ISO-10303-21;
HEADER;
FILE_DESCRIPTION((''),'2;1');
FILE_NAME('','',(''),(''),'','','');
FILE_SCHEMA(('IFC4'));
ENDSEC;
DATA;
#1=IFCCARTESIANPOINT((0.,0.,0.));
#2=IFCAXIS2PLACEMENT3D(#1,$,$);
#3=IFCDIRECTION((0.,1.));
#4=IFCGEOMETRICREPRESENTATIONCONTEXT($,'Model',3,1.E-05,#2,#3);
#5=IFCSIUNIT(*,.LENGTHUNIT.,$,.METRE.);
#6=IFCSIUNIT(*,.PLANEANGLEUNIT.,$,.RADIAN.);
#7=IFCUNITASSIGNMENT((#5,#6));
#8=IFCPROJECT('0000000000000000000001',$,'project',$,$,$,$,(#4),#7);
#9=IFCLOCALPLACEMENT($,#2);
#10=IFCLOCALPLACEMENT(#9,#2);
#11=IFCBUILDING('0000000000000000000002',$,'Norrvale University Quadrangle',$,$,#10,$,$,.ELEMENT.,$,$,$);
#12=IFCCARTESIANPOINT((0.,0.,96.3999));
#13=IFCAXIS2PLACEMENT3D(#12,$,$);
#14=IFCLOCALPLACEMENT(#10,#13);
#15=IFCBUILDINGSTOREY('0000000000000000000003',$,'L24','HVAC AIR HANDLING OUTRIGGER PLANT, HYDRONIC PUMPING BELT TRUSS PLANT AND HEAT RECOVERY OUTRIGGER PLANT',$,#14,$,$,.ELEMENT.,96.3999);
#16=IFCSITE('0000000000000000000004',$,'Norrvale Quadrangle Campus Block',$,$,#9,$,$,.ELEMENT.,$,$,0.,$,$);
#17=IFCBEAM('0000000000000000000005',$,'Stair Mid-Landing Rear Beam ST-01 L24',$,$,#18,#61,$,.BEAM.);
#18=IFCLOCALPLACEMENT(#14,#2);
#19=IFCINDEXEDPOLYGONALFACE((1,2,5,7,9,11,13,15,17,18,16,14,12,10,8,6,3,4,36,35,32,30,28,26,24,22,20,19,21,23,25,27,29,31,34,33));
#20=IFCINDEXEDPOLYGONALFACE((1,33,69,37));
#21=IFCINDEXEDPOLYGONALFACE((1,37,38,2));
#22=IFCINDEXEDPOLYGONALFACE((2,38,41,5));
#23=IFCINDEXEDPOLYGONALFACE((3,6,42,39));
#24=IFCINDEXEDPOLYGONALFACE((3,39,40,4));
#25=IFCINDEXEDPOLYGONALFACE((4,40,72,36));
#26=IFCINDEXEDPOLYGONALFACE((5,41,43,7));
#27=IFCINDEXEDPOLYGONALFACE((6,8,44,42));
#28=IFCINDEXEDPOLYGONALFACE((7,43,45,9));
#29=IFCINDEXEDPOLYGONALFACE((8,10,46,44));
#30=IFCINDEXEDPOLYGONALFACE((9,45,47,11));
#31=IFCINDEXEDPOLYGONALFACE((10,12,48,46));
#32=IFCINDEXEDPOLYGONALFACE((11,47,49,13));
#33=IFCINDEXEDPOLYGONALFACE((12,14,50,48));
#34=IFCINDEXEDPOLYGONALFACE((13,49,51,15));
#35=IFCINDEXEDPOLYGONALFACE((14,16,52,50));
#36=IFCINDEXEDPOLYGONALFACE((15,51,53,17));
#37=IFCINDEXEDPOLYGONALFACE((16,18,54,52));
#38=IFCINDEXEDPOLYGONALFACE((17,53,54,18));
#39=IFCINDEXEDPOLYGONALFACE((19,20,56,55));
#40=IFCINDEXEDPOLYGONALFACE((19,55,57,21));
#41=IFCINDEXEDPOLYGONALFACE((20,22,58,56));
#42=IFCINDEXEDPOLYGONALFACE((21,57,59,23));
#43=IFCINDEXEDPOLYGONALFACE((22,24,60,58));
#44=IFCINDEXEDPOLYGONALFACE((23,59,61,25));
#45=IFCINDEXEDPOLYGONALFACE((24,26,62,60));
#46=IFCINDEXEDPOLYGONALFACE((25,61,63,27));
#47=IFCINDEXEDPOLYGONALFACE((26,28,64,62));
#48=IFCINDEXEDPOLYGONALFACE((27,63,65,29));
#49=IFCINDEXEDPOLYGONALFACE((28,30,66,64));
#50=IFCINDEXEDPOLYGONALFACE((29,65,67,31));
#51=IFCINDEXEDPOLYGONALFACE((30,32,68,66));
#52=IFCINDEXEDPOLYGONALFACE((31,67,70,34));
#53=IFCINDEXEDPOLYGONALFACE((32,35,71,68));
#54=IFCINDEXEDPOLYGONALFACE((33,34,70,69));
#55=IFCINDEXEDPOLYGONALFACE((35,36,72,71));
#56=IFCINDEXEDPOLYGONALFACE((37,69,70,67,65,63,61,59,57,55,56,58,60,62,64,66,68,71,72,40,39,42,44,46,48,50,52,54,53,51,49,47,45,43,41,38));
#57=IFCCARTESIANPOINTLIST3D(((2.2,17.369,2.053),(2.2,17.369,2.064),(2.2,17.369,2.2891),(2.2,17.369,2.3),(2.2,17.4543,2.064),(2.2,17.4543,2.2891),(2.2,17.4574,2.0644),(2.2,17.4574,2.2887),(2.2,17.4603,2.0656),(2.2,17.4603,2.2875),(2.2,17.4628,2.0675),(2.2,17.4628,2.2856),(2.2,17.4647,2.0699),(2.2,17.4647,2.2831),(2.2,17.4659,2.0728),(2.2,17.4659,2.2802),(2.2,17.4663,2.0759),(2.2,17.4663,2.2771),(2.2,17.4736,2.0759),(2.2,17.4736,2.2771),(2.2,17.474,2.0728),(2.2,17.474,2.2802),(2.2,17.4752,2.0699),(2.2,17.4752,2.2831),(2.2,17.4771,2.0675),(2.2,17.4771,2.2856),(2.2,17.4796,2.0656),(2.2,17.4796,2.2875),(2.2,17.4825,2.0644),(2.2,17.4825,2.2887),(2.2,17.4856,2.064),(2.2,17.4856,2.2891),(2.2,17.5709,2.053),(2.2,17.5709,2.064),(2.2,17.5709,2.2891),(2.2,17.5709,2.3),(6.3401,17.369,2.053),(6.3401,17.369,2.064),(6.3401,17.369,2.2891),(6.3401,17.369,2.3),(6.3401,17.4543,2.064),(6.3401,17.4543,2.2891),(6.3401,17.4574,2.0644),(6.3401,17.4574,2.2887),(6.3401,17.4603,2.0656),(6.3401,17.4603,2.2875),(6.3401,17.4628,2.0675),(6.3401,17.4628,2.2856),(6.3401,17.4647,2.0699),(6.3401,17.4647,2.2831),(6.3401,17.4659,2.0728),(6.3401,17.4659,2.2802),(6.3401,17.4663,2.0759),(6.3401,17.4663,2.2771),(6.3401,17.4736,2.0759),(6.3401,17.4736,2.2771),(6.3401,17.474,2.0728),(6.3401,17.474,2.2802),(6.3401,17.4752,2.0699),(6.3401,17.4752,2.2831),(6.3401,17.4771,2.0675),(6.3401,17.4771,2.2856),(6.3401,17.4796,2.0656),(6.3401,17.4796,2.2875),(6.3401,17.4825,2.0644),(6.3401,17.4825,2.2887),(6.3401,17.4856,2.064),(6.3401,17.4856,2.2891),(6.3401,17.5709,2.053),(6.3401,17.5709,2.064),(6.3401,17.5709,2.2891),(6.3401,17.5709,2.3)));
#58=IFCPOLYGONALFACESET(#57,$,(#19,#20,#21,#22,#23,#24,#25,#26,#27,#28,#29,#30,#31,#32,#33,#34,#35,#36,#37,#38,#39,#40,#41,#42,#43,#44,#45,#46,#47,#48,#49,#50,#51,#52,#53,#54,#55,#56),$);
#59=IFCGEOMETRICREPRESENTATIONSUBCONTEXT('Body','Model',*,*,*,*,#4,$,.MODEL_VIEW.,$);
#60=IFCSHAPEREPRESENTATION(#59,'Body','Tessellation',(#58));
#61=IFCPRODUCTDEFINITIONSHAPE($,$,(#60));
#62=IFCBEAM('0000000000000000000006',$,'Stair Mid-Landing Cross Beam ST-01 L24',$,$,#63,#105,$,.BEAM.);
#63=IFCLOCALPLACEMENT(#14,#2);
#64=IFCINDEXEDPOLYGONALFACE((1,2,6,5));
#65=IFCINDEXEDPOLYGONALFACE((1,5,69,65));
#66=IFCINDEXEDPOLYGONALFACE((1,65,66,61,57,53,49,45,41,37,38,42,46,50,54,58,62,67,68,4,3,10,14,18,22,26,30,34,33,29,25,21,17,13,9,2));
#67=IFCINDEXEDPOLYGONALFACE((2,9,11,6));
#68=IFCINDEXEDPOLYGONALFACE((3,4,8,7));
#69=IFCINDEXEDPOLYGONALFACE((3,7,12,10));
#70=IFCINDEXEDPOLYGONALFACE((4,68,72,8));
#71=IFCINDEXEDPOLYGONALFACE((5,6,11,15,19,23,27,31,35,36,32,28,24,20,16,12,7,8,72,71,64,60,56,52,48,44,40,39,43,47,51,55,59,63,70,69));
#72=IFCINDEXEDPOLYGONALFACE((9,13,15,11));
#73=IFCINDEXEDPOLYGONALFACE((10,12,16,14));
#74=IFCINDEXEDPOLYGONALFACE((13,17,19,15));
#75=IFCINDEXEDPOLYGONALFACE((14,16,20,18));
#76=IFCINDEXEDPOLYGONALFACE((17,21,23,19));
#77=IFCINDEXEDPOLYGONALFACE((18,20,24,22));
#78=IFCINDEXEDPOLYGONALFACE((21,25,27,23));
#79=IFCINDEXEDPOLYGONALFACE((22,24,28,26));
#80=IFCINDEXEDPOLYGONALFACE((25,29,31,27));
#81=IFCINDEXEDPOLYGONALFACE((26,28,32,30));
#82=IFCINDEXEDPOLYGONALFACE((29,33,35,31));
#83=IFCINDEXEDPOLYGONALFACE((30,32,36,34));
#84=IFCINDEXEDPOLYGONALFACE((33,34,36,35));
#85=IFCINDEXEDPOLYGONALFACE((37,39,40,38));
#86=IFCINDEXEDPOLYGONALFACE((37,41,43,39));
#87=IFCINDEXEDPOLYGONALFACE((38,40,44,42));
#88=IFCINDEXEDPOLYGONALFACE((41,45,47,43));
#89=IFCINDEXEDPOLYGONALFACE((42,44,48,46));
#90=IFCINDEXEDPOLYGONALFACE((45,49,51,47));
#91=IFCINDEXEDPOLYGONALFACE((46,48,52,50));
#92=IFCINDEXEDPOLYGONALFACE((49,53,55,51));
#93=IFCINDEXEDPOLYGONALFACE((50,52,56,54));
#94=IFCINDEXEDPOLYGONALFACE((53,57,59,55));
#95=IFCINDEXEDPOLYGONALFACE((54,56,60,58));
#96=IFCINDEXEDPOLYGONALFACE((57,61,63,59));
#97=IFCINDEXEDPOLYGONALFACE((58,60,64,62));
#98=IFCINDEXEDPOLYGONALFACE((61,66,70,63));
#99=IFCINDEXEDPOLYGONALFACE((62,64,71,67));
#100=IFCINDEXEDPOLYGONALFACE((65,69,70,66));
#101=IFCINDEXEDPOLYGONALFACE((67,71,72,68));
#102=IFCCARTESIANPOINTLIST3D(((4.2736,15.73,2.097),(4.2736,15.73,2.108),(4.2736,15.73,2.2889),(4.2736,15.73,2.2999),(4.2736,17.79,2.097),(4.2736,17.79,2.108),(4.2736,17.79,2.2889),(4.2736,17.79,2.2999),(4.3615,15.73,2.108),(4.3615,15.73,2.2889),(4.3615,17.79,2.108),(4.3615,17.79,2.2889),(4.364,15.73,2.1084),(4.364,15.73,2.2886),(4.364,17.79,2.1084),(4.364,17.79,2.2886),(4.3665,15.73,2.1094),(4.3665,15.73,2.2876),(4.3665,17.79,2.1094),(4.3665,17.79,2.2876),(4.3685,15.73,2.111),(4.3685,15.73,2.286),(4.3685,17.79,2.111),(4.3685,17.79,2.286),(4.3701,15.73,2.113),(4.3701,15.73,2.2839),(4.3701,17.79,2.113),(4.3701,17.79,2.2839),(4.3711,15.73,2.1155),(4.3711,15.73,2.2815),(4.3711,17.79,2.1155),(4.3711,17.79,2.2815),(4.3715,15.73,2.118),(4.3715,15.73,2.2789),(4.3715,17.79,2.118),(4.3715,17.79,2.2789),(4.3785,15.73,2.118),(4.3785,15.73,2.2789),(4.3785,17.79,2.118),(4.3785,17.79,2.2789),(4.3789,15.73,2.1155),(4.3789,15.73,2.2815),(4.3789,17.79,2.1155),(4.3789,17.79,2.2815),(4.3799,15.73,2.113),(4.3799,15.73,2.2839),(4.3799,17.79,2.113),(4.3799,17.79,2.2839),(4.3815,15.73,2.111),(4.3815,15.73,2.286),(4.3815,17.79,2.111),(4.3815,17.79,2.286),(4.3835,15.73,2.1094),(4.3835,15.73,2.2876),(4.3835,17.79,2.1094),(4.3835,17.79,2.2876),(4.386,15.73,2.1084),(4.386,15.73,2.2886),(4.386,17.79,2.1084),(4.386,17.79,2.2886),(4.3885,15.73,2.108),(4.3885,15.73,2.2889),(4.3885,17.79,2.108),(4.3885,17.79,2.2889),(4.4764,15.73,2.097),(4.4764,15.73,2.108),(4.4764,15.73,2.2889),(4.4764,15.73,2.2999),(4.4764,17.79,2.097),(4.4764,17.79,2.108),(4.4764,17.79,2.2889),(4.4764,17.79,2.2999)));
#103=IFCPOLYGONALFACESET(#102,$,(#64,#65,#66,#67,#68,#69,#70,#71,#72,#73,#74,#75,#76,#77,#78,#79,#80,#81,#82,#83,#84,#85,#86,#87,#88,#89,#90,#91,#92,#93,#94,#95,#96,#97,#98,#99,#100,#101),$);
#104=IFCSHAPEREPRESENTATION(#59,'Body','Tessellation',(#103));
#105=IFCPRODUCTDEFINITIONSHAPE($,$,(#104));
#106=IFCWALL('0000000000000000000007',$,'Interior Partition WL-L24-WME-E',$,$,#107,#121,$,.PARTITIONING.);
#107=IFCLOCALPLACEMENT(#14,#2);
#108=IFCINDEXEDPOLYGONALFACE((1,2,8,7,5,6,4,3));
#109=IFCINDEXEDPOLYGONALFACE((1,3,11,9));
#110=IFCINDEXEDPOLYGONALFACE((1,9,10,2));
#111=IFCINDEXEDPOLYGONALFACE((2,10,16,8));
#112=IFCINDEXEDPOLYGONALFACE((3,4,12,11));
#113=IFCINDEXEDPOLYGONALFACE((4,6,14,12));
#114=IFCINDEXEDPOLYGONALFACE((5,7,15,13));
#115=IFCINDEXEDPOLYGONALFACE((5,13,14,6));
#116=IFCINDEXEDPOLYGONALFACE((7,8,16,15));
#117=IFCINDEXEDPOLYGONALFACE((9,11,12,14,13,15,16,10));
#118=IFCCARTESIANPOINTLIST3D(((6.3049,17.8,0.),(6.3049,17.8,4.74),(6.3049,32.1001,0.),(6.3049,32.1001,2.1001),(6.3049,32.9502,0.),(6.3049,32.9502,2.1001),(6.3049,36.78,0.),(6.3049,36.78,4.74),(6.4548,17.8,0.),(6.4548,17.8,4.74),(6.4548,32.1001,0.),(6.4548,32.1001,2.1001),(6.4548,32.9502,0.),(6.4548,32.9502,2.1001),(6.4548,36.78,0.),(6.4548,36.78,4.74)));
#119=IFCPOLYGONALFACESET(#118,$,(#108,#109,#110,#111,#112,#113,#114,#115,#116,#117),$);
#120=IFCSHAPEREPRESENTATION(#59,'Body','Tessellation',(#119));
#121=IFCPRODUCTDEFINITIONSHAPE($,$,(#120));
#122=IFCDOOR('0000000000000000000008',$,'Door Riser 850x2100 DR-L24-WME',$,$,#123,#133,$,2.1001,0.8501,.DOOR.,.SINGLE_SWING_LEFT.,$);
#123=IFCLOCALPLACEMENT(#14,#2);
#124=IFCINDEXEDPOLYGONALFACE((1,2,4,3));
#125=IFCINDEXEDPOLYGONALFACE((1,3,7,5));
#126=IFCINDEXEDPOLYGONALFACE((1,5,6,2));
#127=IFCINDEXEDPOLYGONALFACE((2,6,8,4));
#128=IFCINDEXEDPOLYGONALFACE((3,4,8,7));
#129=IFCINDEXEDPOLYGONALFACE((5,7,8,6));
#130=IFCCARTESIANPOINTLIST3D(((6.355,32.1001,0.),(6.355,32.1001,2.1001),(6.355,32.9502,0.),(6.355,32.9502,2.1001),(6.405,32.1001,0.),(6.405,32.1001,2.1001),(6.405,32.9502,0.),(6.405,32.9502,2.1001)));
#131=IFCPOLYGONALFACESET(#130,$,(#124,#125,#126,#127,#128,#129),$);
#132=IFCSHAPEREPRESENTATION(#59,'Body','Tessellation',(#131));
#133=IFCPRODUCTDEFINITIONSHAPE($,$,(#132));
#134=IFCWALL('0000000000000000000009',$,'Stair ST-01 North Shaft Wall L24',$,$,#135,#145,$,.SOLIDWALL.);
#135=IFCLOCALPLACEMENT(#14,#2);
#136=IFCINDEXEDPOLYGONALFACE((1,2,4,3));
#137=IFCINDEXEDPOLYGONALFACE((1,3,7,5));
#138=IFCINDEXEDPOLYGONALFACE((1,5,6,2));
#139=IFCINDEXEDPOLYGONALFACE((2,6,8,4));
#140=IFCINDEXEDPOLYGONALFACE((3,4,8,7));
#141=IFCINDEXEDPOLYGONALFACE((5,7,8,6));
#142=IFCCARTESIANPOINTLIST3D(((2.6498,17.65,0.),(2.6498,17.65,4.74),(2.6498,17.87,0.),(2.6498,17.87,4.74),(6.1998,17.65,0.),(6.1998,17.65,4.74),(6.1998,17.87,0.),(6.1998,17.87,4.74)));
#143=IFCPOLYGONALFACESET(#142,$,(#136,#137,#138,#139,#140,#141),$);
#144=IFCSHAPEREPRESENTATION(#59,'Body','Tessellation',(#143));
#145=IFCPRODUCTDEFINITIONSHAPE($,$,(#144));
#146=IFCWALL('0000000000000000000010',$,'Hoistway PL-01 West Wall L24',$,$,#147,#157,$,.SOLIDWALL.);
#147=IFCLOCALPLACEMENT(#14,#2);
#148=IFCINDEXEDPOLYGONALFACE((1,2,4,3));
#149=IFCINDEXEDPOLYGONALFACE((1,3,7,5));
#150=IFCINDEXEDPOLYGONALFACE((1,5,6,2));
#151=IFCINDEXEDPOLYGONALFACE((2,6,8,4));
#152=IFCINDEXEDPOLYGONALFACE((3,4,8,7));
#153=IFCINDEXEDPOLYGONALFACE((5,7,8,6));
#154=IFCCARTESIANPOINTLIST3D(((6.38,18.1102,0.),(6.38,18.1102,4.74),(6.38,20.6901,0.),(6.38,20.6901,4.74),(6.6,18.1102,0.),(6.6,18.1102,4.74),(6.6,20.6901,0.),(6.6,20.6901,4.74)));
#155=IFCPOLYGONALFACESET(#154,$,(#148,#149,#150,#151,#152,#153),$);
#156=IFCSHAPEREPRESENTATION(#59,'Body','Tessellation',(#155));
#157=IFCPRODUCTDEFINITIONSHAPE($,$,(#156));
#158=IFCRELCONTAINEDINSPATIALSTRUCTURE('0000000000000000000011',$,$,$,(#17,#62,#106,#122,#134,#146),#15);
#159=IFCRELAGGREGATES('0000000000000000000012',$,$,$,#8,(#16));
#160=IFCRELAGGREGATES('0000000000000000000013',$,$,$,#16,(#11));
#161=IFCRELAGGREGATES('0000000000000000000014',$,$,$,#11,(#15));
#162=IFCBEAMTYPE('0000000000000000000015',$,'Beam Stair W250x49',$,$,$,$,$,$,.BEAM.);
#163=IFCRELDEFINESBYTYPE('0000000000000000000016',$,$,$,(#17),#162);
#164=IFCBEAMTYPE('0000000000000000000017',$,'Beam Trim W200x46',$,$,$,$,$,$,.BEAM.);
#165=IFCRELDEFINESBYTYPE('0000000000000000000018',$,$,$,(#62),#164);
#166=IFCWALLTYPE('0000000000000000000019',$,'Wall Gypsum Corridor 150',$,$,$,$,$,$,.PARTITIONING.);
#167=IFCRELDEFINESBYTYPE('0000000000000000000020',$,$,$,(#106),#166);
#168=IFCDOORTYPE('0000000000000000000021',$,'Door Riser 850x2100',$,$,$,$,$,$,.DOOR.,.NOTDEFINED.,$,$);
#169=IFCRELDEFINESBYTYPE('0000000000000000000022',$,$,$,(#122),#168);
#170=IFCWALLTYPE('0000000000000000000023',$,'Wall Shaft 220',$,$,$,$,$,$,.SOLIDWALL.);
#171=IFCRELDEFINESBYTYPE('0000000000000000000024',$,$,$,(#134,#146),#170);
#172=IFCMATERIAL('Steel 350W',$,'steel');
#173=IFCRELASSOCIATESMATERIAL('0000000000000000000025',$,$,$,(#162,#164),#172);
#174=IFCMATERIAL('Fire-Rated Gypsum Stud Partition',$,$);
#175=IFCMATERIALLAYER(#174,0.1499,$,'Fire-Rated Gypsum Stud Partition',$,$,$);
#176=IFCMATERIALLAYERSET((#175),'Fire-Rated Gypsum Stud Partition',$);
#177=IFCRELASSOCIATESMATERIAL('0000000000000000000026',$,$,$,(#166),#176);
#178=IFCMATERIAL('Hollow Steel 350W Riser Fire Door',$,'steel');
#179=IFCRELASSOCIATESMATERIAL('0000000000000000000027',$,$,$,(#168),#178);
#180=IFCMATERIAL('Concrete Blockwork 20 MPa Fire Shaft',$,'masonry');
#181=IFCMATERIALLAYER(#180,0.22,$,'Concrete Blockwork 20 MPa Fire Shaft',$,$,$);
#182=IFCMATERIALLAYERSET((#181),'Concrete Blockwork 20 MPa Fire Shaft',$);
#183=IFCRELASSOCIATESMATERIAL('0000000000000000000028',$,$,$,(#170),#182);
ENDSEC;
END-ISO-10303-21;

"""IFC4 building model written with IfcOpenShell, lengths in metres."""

from ifc_helpers import new_model, si_unit, direction, frame, frame_2d, origin, origin_2d, place, context, subcontext, project, spatial, rectangle, i_section, extrude, material, layer, layer_set, material_profile, profile_set, type_object, element, fill, save


model = new_model("IFC4")

# Units and contexts
model_context = context("Model", 3, precision=1e-05, world=origin(), true_north=direction((0.0, 1.0)))
body_context = subcontext(model_context, "Body", "Model", "MODEL_VIEW")
ifc_project = project(units=[si_unit("LENGTHUNIT", "METRE"), si_unit("PLANEANGLEUNIT", "RADIAN")], contexts=[model_context])

# Site, building, storey
site_placement = place(None, origin())
site = spatial("IfcSite", under=ifc_project, at=site_placement, Name="Norrvale Quadrangle Campus Block", CompositionType="ELEMENT", RefElevation=0.0)
building_placement = place(site_placement, origin())
building = spatial("IfcBuilding", under=site, at=building_placement, Name="Norrvale University Quadrangle", CompositionType="ELEMENT")
storey_placement = place(building_placement, frame((0.0, 0.0, 96.3999)))
storey = spatial("IfcBuildingStorey", under=building, at=storey_placement, Name="L24", Description="HVAC AIR HANDLING OUTRIGGER PLANT, HYDRONIC PUMPING BELT TRUSS PLANT AND HEAT RECOVERY OUTRIGGER PLANT", CompositionType="ELEMENT", Elevation=96.3999)

# Beams
ifc_material_1 = material(Name="Steel 350W", Category="steel")
ifc_material_profile_1 = material_profile(ifc_material_1, i_section(OverallWidth=0.2019, OverallDepth=0.2471, WebThickness=0.0073, FlangeThickness=0.011, FilletRadius=0.012, at=origin_2d()), Name="Steel 350W")
ifc_profile_set_1 = profile_set([ifc_material_profile_1], Name="Steel 350W")
beam_type_1 = type_object("IfcBeamType", Name="Beam Stair W250x49", PredefinedType="BEAM", material=ifc_profile_set_1)
for number, where, z_axis, x_axis, name in (
    (1, (2.2, 17.47, 2.1765), (1.0, 0.0, 0.0), (0.0, 1.0, 0.0), "Stair Mid-Landing Rear Beam ST-01 L24"),
):
    element("IfcBeam", number, at=place(storey_placement, frame(where, z_axis=z_axis, x_axis=x_axis)), inside=storey, type_object=beam_type_1, Name=name, PredefinedType="BEAM", context=body_context, shape_type="SweptSolid", body=[
        extrude(i_section(OverallWidth=0.2019, OverallDepth=0.2471, WebThickness=0.0073, FlangeThickness=0.011, FilletRadius=0.012, at=origin_2d()), origin(), (0.0, 0.0, 1.0), 4.1401),
    ])
ifc_material_profile_2 = material_profile(ifc_material_1, i_section(OverallWidth=0.2029, OverallDepth=0.2029, WebThickness=0.0071, FlangeThickness=0.011, FilletRadius=0.01, at=origin_2d()), Name="Steel 350W")
ifc_profile_set_2 = profile_set([ifc_material_profile_2], Name="Steel 350W")
beam_type_2 = type_object("IfcBeamType", Name="Beam Trim W200x46", PredefinedType="BEAM", material=ifc_profile_set_2)
beam_1_placement = place(storey_placement, frame((4.375, 15.73, 2.1985), z_axis=(0.0, 1.0, 0.0), x_axis=(-1.0, 0.0, 0.0)))
element("IfcBeam", 2, at=beam_1_placement, inside=storey, type_object=beam_type_2, Name="Stair Mid-Landing Cross Beam ST-01 L24", PredefinedType="BEAM", context=body_context, shape_type="SweptSolid", body=[
    extrude(i_section(OverallWidth=0.2029, OverallDepth=0.2029, WebThickness=0.0071, FlangeThickness=0.011, FilletRadius=0.01, at=origin_2d()), origin(), (0.0, 0.0, 1.0), 2.0601),
])

# Wall, opening, door
ifc_material_2 = material(Name="Fire-Rated Gypsum Stud Partition")
ifc_layer_1 = layer(ifc_material_2, 0.1499, Name="Fire-Rated Gypsum Stud Partition")
ifc_layer_set_1 = layer_set([ifc_layer_1], Name="Fire-Rated Gypsum Stud Partition")
wall_type_1 = type_object("IfcWallType", Name="Wall Gypsum Corridor 150", PredefinedType="PARTITIONING", material=ifc_layer_set_1)
wall_1_placement = place(storey_placement, frame((6.3799, 17.8, 0.0), z_axis=(0.0, 0.0, 1.0), x_axis=(0.0, 1.0, 0.0)))
wall_1 = element("IfcWall", 3, at=wall_1_placement, inside=storey, type_object=wall_type_1, Name="Interior Partition WL-L24-WME-E", PredefinedType="PARTITIONING", context=body_context, shape_type="SweptSolid", body=[
    extrude(rectangle(XDim=18.98, YDim=0.1499, at=frame_2d((9.49, 0.0))), origin(), (0.0, 0.0, 1.0), 4.74),
])
opening_1_placement = place(wall_1_placement, frame((14.3, 0.0, 0.0)))
opening_1 = element("IfcOpeningElement", 4, at=opening_1_placement, cuts=wall_1, PredefinedType="OPENING", context=body_context, shape_type="SweptSolid", body=[
    extrude(rectangle(XDim=0.8501, YDim=2.1001, at=frame_2d((0.425, 1.05))), frame((0.0, 0.0869, 0.0), z_axis=(0.0, -1.0, 0.0), x_axis=(1.0, 0.0, 0.0)), (0.0, 0.0, 1.0), 0.1738),
])
ifc_material_3 = material(Name="Hollow Steel 350W Riser Fire Door", Category="steel")
door_type_1 = type_object("IfcDoorType", Name="Door Riser 850x2100", OperationType="NOTDEFINED", PredefinedType="DOOR", material=ifc_material_3)
door_1_placement = place(opening_1_placement, origin())
door_1 = element("IfcDoor", 5, at=door_1_placement, inside=storey, type_object=door_type_1, Name="Door Riser 850x2100 DR-L24-WME", OperationType="SINGLE_SWING_LEFT", OverallHeight=2.1001, OverallWidth=0.8501, PredefinedType="DOOR", context=body_context, shape_type="SweptSolid", body=[
    extrude(rectangle(XDim=0.8501, YDim=2.1001, at=frame_2d((0.425, 1.05))), frame((0.0, 0.0249, 0.0), z_axis=(0.0, -1.0, 0.0), x_axis=(1.0, 0.0, 0.0)), (0.0, 0.0, 1.0), 0.05),
])
fill(opening_1, door_1)

# Walls
ifc_material_4 = material(Name="Concrete Blockwork 20 MPa Fire Shaft", Category="masonry")
ifc_layer_2 = layer(ifc_material_4, 0.22, Name="Concrete Blockwork 20 MPa Fire Shaft")
ifc_layer_set_2 = layer_set([ifc_layer_2], Name="Concrete Blockwork 20 MPa Fire Shaft")
wall_type_2 = type_object("IfcWallType", Name="Wall Shaft 220", PredefinedType="SOLIDWALL", material=ifc_layer_set_2)
wall_2_placement = place(storey_placement, frame((2.6499, 17.76, 0.0), z_axis=(0.0, 0.0, 1.0), x_axis=(1.0, 0.0, 0.0)))
element("IfcWall", 6, at=wall_2_placement, inside=storey, type_object=wall_type_2, Name="Stair ST-01 North Shaft Wall L24", PredefinedType="SOLIDWALL", context=body_context, shape_type="SweptSolid", body=[
    extrude(rectangle(XDim=3.55, YDim=0.22, at=frame_2d((1.7749, 0.0))), origin(), (0.0, 0.0, 1.0), 4.74),
])
wall_3_placement = place(storey_placement, frame((6.49, 18.1101, 0.0), z_axis=(0.0, 0.0, 1.0), x_axis=(0.0, 1.0, 0.0)))
element("IfcWall", 7, at=wall_3_placement, inside=storey, type_object=wall_type_2, Name="Hoistway PL-01 West Wall L24", PredefinedType="SOLIDWALL", context=body_context, shape_type="SweptSolid", body=[
    extrude(rectangle(XDim=2.5798, YDim=0.22, at=frame_2d((1.29, 0.0))), origin(), (0.0, 0.0, 1.0), 4.74),
])

save(model, "model.ifc")
